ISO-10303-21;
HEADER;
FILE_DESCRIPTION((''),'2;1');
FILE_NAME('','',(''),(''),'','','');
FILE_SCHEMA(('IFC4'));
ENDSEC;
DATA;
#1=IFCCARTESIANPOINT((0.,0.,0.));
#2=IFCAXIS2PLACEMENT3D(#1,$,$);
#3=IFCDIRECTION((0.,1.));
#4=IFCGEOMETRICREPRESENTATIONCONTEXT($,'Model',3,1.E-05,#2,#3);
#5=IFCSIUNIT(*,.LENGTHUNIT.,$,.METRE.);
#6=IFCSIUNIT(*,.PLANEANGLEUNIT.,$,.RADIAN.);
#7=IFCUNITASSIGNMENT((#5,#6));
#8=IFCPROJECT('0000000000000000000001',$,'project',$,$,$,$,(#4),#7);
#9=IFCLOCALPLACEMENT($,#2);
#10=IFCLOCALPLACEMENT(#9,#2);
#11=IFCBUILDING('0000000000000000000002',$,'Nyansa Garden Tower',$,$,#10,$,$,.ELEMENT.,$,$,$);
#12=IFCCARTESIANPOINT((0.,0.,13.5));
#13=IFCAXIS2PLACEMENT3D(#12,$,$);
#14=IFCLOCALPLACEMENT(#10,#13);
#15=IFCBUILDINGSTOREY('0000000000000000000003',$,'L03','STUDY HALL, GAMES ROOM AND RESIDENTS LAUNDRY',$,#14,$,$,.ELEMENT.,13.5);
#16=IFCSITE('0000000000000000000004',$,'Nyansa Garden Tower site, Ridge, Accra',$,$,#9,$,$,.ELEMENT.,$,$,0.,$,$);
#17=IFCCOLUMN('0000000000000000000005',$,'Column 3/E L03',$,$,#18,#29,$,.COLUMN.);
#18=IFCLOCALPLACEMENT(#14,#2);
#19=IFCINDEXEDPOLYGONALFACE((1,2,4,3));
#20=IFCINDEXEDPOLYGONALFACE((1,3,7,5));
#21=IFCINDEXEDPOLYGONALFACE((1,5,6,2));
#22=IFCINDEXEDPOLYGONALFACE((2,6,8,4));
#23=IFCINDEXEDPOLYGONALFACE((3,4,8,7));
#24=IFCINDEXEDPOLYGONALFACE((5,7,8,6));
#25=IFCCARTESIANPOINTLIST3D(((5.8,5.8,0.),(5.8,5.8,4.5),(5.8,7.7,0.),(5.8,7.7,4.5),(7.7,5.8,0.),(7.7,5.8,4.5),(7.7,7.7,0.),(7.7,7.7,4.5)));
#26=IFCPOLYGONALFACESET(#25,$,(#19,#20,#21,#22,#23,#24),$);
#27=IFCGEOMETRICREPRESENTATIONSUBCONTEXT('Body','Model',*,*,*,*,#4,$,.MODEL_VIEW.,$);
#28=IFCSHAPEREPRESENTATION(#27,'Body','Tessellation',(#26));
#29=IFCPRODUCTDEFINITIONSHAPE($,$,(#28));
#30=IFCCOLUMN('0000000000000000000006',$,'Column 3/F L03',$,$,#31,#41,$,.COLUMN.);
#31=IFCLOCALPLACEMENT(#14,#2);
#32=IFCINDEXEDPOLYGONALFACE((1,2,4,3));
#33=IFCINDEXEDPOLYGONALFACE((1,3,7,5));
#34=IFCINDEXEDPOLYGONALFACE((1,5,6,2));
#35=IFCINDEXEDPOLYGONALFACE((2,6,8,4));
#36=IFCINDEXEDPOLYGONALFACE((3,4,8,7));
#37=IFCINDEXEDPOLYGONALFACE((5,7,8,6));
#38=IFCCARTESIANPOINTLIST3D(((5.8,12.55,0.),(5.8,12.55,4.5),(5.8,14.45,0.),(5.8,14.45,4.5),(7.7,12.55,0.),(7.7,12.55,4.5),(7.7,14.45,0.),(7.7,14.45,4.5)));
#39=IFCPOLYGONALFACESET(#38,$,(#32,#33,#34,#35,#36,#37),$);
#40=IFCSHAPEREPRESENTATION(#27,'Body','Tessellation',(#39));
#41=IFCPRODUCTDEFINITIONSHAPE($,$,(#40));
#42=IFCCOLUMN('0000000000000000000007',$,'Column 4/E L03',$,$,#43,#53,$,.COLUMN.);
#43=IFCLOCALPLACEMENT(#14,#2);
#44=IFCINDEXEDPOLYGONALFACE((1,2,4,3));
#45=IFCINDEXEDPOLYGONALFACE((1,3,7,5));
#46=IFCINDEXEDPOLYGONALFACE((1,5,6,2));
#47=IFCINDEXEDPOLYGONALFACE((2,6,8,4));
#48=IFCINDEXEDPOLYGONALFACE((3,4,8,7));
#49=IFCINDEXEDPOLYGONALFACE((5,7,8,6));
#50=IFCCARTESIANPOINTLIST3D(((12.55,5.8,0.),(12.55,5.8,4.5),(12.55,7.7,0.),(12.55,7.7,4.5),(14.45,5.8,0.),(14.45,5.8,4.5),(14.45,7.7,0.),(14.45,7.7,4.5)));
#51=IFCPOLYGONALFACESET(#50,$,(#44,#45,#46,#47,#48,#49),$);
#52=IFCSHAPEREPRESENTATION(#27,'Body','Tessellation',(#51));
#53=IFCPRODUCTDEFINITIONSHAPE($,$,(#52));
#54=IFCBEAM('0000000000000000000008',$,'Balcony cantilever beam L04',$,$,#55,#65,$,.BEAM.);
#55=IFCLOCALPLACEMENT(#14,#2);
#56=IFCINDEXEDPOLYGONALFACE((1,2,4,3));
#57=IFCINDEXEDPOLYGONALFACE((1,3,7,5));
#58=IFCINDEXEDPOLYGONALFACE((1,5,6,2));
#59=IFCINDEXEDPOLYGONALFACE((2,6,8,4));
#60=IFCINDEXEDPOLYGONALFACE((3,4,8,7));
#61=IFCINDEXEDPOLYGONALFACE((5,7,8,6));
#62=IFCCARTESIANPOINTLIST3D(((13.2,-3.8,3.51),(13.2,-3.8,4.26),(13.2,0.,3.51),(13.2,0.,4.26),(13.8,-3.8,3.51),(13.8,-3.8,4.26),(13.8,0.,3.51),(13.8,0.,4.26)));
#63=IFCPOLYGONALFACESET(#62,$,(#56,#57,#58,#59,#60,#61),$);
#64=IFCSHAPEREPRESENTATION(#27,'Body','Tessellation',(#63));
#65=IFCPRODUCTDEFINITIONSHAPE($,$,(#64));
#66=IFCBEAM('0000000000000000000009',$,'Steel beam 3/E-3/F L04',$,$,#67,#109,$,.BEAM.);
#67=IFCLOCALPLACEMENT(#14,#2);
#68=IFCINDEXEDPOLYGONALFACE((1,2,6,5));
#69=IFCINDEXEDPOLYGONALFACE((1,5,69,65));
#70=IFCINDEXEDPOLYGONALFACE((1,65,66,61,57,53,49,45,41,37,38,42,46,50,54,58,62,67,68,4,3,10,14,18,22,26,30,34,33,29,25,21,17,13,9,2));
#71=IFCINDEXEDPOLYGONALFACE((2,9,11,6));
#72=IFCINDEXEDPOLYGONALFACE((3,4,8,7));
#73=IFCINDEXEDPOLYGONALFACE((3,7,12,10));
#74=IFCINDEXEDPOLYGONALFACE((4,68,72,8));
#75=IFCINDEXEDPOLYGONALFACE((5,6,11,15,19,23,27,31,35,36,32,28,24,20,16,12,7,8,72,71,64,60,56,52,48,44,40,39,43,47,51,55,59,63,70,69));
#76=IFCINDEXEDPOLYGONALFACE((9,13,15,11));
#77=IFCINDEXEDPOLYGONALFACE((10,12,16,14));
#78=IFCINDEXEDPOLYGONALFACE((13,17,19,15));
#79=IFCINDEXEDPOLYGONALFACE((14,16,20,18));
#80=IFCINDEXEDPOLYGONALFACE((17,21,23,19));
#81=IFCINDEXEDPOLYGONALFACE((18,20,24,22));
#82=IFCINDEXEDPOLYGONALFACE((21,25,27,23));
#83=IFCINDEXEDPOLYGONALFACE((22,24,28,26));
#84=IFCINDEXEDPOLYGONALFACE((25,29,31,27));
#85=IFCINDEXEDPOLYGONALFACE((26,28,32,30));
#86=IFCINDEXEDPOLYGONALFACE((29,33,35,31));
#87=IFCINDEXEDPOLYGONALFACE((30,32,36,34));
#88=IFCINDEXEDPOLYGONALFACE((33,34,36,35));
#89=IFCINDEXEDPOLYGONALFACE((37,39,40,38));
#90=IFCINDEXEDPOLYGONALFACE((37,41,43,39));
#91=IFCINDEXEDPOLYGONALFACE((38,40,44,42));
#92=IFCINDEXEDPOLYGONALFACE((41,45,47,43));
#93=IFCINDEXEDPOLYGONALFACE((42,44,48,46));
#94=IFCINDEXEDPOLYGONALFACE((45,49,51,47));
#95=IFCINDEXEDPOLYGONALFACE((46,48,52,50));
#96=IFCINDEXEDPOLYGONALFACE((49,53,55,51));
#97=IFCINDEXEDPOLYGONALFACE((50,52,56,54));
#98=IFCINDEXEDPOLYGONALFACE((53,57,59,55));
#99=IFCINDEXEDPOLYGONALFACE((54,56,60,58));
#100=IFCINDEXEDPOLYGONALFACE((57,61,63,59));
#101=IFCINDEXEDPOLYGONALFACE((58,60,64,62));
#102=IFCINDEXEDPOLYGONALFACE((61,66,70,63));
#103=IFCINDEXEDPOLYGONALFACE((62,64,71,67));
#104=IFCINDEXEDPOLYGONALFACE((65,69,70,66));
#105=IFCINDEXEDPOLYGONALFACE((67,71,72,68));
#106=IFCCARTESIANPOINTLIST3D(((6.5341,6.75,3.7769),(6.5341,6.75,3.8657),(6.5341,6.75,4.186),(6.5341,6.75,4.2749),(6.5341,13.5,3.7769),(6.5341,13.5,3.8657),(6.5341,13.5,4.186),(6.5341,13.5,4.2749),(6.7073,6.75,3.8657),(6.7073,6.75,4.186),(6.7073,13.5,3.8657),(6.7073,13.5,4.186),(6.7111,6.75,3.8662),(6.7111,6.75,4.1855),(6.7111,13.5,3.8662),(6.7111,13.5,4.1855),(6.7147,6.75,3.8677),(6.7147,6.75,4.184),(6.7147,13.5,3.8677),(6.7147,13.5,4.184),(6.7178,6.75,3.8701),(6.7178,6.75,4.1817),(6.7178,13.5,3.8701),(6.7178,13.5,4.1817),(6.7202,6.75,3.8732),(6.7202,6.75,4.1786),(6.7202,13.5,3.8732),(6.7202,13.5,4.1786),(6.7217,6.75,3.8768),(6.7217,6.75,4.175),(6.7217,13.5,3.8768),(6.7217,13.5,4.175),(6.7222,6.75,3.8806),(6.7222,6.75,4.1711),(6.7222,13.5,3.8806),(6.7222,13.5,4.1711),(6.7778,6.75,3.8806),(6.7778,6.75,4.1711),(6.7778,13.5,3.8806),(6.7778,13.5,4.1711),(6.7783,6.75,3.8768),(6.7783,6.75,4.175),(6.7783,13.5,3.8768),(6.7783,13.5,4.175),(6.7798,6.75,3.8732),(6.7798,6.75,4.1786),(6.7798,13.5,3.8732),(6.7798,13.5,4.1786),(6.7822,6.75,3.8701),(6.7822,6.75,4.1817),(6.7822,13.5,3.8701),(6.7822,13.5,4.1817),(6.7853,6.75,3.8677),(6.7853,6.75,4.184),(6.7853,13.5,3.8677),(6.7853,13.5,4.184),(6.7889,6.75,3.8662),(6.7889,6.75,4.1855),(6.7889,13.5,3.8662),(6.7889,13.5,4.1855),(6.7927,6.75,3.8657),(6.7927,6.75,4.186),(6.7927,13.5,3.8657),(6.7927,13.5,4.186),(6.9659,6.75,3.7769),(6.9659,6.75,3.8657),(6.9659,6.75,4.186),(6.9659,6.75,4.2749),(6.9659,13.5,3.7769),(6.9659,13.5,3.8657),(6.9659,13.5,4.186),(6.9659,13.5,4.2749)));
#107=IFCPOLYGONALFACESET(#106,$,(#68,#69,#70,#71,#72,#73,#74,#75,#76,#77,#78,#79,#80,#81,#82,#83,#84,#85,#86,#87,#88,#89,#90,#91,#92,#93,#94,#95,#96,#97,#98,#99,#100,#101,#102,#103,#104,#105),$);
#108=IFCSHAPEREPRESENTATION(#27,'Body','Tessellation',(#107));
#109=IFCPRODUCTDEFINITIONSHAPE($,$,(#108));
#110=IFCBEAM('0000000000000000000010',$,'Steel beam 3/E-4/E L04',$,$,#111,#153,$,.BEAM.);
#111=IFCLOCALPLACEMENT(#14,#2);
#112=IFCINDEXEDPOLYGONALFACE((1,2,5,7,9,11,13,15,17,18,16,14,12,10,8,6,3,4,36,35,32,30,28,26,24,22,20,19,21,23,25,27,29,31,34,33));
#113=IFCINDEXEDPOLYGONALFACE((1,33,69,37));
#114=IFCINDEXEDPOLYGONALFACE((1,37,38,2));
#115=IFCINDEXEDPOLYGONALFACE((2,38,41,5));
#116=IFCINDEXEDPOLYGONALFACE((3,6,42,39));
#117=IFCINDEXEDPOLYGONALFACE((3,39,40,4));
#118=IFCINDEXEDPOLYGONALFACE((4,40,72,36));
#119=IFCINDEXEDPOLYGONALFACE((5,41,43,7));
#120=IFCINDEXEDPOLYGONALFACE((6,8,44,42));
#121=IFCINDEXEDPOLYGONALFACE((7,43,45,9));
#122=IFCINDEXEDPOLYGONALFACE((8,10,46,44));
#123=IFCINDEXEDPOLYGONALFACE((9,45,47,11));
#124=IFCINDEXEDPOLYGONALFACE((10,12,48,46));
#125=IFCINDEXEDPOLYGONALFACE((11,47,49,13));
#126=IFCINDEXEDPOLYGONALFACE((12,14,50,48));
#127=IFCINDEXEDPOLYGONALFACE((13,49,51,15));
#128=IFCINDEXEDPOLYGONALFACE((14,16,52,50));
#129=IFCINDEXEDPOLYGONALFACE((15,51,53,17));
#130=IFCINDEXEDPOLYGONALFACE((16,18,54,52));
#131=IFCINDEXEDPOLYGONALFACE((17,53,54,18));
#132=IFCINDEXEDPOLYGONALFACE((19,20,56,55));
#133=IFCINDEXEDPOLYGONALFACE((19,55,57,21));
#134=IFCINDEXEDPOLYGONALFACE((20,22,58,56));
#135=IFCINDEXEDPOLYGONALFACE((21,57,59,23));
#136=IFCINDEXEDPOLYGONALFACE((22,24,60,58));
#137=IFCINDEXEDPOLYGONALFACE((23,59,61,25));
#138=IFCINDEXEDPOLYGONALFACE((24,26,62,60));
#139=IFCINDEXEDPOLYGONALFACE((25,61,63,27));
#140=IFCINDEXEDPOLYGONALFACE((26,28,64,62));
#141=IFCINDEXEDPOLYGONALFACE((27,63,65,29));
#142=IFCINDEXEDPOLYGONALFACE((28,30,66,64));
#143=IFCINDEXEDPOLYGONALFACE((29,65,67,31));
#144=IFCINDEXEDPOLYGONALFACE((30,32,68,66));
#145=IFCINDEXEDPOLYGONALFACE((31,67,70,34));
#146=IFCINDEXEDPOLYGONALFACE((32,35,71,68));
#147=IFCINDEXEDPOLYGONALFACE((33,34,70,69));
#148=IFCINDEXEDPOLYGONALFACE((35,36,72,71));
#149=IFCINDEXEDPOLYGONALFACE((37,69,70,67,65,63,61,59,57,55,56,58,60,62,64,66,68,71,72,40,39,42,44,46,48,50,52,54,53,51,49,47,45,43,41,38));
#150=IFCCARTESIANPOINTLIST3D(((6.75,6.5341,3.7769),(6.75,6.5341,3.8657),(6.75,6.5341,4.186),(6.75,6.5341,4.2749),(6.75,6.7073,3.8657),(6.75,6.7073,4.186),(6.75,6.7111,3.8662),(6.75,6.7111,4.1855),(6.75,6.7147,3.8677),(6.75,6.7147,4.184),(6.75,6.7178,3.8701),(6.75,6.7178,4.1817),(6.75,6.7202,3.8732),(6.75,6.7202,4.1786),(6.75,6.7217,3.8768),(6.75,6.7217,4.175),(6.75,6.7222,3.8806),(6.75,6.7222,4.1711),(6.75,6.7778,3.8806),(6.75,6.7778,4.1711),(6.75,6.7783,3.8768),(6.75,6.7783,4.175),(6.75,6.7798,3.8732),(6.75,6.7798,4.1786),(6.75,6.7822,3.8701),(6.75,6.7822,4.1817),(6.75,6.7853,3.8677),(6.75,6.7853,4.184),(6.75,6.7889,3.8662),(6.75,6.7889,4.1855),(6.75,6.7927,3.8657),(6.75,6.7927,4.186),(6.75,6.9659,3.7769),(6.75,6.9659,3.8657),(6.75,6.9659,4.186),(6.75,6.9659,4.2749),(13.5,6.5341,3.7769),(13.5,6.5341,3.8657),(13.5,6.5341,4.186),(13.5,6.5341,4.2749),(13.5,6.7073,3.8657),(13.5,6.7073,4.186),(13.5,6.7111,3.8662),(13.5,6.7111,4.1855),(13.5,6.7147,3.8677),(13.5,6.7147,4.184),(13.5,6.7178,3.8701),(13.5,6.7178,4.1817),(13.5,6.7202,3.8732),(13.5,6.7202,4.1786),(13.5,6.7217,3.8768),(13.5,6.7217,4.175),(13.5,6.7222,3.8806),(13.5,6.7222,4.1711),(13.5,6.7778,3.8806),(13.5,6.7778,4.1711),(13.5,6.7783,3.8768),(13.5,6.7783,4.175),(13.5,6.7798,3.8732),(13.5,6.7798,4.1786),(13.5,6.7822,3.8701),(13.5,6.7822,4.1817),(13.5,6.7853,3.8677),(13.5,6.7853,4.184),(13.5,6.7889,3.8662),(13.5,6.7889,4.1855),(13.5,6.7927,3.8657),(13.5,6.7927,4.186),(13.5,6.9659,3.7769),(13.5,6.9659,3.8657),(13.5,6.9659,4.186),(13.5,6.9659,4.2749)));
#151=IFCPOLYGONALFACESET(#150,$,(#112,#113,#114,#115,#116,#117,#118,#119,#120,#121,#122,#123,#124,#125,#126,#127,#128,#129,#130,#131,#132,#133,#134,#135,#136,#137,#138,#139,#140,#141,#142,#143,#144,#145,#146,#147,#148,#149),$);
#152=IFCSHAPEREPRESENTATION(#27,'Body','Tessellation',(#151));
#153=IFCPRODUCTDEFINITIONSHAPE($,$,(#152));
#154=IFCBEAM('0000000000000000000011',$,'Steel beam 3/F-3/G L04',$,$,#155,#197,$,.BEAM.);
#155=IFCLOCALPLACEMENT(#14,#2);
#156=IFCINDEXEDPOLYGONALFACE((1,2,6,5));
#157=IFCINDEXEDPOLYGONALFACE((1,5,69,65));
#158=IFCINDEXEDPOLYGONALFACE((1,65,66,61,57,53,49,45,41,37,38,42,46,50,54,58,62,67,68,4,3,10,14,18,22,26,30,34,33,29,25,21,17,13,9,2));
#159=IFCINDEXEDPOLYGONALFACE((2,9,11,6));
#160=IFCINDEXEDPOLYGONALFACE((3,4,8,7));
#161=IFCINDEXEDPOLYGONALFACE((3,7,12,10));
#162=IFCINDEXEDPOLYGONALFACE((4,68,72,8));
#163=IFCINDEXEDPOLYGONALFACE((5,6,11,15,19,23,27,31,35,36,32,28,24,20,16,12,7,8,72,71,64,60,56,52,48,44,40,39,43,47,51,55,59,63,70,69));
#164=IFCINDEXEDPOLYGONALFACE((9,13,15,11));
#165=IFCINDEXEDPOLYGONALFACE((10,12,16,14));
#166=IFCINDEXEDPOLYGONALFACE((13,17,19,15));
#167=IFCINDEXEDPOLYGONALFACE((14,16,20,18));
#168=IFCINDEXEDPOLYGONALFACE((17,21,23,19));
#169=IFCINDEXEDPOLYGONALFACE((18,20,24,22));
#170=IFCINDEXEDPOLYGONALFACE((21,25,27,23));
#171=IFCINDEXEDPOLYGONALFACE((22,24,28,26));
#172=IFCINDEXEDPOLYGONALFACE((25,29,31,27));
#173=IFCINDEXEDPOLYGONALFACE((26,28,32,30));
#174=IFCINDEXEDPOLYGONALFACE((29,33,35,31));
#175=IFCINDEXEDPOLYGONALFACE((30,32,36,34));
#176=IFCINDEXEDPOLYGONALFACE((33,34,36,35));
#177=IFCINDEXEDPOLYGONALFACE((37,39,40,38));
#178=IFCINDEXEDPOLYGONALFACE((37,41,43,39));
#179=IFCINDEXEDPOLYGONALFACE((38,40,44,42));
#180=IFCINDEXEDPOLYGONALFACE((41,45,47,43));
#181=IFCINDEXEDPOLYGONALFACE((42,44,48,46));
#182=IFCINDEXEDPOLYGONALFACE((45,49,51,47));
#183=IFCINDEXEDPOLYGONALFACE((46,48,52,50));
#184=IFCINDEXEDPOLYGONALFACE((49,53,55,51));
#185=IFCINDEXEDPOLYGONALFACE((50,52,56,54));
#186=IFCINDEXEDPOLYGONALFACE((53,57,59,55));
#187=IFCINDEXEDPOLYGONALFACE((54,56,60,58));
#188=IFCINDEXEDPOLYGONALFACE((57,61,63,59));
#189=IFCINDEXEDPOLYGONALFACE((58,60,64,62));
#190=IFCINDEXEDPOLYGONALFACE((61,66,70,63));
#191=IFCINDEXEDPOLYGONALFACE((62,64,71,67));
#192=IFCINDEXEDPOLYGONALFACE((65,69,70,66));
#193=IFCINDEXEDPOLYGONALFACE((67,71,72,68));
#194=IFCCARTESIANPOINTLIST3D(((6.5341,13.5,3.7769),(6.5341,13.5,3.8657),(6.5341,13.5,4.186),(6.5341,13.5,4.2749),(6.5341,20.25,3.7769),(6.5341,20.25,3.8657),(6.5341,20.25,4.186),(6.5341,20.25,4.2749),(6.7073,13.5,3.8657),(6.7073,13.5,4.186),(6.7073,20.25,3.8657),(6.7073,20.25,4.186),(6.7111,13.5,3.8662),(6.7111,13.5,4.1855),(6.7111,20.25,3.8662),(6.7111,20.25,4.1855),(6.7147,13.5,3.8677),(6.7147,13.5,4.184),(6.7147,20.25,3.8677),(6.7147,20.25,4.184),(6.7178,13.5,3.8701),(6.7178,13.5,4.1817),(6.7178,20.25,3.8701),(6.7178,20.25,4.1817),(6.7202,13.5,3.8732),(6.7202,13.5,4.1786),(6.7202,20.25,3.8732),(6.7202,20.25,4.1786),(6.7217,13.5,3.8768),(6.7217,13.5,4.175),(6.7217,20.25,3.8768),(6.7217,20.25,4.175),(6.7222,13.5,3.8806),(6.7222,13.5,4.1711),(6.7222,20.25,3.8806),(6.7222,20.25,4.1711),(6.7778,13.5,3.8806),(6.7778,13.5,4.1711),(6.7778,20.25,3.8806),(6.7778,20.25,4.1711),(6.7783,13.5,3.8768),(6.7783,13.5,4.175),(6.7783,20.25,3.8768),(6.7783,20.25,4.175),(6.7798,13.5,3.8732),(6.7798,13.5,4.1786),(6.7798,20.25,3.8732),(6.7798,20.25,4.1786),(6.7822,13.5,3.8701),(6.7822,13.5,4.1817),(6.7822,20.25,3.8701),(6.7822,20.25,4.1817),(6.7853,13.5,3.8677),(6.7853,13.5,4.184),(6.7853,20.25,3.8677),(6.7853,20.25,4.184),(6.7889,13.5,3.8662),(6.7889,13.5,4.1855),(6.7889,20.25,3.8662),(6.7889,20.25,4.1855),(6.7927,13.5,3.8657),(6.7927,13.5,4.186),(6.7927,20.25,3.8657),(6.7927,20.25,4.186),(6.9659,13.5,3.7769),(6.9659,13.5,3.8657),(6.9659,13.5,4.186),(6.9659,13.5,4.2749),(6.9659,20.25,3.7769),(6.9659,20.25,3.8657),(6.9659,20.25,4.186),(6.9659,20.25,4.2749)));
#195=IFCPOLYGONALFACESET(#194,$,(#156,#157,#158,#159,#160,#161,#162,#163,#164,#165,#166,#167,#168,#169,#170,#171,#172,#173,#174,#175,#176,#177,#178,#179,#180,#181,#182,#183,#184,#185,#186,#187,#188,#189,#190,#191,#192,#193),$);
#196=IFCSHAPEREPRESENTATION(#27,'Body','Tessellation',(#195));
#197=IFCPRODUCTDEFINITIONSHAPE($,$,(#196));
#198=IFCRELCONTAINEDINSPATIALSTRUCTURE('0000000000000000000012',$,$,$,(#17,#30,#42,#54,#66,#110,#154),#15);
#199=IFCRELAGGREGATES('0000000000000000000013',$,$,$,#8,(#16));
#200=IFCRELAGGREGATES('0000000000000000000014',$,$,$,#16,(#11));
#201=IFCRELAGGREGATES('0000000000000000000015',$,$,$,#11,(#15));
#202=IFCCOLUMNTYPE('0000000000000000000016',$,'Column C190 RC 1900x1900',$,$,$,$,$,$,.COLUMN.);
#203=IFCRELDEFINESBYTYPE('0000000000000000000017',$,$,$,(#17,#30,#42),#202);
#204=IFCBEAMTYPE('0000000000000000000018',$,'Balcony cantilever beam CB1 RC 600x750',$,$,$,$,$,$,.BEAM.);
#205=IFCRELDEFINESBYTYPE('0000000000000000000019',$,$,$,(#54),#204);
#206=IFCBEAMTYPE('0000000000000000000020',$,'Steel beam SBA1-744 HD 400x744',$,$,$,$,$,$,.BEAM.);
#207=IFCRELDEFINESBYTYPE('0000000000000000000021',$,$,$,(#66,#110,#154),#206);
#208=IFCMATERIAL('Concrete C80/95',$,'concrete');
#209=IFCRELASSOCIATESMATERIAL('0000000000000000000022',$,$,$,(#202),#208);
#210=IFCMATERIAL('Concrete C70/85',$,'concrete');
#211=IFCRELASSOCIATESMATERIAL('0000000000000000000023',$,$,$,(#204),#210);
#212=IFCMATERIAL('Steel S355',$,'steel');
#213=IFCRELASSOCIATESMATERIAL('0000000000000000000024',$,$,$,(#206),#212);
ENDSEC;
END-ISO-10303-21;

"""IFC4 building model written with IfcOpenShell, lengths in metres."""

from ifc_helpers import new_model, si_unit, direction, frame, origin, origin_2d, place, context, subcontext, project, spatial, rectangle, i_section, extrude, material, material_profile, profile_set, type_object, element, save


model = new_model("IFC4")

# Units and contexts
model_context = context("Model", 3, precision=1e-05, world=origin(), true_north=direction((0.0, 1.0)))
body_context = subcontext(model_context, "Body", "Model", "MODEL_VIEW")
ifc_project = project(units=[si_unit("LENGTHUNIT", "METRE"), si_unit("PLANEANGLEUNIT", "RADIAN")], contexts=[model_context])

# Site, building, storey
site_placement = place(None, origin())
site = spatial("IfcSite", under=ifc_project, at=site_placement, Name="Nyansa Garden Tower site, Ridge, Accra", CompositionType="ELEMENT", RefElevation=0.0)
building_placement = place(site_placement, origin())
building = spatial("IfcBuilding", under=site, at=building_placement, Name="Nyansa Garden Tower", CompositionType="ELEMENT")
storey_placement = place(building_placement, frame((0.0, 0.0, 13.5)))
storey = spatial("IfcBuildingStorey", under=building, at=storey_placement, Name="L03", Description="STUDY HALL, GAMES ROOM AND RESIDENTS LAUNDRY", CompositionType="ELEMENT", Elevation=13.5)

# Columns
ifc_material_1 = material(Name="Concrete C80/95", Category="concrete")
ifc_material_profile_1 = material_profile(ifc_material_1, rectangle(XDim=1.8999, YDim=1.8999, at=origin_2d()), Name="RC 1900x1900")
ifc_profile_set_1 = profile_set([ifc_material_profile_1], Name="Concrete C80/95")
column_type = type_object("IfcColumnType", Name="Column C190 RC 1900x1900", PredefinedType="COLUMN", material=ifc_profile_set_1)
for number, where, z_axis, x_axis, name in (
    (1, (6.75, 6.75, 0.0), (0.0, 0.0, 1.0), (1.0, 0.0, 0.0), "Column 3/E L03"),
    (2, (6.75, 13.5, 0.0), (0.0, 0.0, 1.0), (1.0, 0.0, 0.0), "Column 3/F L03"),
    (3, (13.5, 6.75, 0.0), (0.0, 0.0, 1.0), (1.0, 0.0, 0.0), "Column 4/E L03"),
):
    element("IfcColumn", number, at=place(storey_placement, frame(where, z_axis=z_axis, x_axis=x_axis)), inside=storey, type_object=column_type, Name=name, PredefinedType="COLUMN", context=body_context, shape_type="SweptSolid", body=[
        extrude(rectangle(XDim=1.8999, YDim=1.8999, at=origin_2d()), origin(), (0.0, 0.0, 1.0), 4.5),
    ])

# Beams
ifc_material_2 = material(Name="Concrete C70/85", Category="concrete")
ifc_material_profile_2 = material_profile(ifc_material_2, rectangle(XDim=0.6001, YDim=0.75, at=origin_2d()), Name="RC 600x750")
ifc_profile_set_2 = profile_set([ifc_material_profile_2], Name="Concrete C70/85")
beam_type_1 = type_object("IfcBeamType", Name="Balcony cantilever beam CB1 RC 600x750", PredefinedType="BEAM", material=ifc_profile_set_2)
beam_1_placement = place(storey_placement, frame((13.5, 0.0, 3.885), z_axis=(0.0, -1.0, 0.0), x_axis=(1.0, 0.0, 0.0)))
element("IfcBeam", 4, at=beam_1_placement, inside=storey, type_object=beam_type_1, Name="Balcony cantilever beam L04", PredefinedType="BEAM", context=body_context, shape_type="SweptSolid", body=[
    extrude(rectangle(XDim=0.6001, YDim=0.75, at=origin_2d()), origin(), (0.0, 0.0, 1.0), 3.8),
])
ifc_material_3 = material(Name="Steel S355", Category="steel")
ifc_material_profile_3 = material_profile(ifc_material_3, i_section(OverallWidth=0.4319, OverallDepth=0.498, WebThickness=0.0557, FlangeThickness=0.0889, FilletRadius=0.0149, at=origin_2d()), Name="HD 400x744")
ifc_profile_set_3 = profile_set([ifc_material_profile_3], Name="Steel S355")
beam_type_2 = type_object("IfcBeamType", Name="Steel beam SBA1-744 HD 400x744", PredefinedType="BEAM", material=ifc_profile_set_3)
for number, where, z_axis, x_axis, name in (
    (5, (6.75, 6.75, 4.0259), (0.0, 1.0, 0.0), (-1.0, 0.0, 0.0), "Steel beam 3/E-3/F L04"),
    (6, (6.75, 6.75, 4.0259), (1.0, 0.0, 0.0), (0.0, 1.0, 0.0), "Steel beam 3/E-4/E L04"),
    (7, (6.75, 13.5, 4.0259), (0.0, 1.0, 0.0), (-1.0, 0.0, 0.0), "Steel beam 3/F-3/G L04"),
):
    element("IfcBeam", number, at=place(storey_placement, frame(where, z_axis=z_axis, x_axis=x_axis)), inside=storey, type_object=beam_type_2, Name=name, PredefinedType="BEAM", context=body_context, shape_type="SweptSolid", body=[
        extrude(i_section(OverallWidth=0.4319, OverallDepth=0.498, WebThickness=0.0557, FlangeThickness=0.0889, FilletRadius=0.0149, at=origin_2d()), origin(), (0.0, 0.0, 1.0), 6.75),
    ])

save(model, "model.ifc")
